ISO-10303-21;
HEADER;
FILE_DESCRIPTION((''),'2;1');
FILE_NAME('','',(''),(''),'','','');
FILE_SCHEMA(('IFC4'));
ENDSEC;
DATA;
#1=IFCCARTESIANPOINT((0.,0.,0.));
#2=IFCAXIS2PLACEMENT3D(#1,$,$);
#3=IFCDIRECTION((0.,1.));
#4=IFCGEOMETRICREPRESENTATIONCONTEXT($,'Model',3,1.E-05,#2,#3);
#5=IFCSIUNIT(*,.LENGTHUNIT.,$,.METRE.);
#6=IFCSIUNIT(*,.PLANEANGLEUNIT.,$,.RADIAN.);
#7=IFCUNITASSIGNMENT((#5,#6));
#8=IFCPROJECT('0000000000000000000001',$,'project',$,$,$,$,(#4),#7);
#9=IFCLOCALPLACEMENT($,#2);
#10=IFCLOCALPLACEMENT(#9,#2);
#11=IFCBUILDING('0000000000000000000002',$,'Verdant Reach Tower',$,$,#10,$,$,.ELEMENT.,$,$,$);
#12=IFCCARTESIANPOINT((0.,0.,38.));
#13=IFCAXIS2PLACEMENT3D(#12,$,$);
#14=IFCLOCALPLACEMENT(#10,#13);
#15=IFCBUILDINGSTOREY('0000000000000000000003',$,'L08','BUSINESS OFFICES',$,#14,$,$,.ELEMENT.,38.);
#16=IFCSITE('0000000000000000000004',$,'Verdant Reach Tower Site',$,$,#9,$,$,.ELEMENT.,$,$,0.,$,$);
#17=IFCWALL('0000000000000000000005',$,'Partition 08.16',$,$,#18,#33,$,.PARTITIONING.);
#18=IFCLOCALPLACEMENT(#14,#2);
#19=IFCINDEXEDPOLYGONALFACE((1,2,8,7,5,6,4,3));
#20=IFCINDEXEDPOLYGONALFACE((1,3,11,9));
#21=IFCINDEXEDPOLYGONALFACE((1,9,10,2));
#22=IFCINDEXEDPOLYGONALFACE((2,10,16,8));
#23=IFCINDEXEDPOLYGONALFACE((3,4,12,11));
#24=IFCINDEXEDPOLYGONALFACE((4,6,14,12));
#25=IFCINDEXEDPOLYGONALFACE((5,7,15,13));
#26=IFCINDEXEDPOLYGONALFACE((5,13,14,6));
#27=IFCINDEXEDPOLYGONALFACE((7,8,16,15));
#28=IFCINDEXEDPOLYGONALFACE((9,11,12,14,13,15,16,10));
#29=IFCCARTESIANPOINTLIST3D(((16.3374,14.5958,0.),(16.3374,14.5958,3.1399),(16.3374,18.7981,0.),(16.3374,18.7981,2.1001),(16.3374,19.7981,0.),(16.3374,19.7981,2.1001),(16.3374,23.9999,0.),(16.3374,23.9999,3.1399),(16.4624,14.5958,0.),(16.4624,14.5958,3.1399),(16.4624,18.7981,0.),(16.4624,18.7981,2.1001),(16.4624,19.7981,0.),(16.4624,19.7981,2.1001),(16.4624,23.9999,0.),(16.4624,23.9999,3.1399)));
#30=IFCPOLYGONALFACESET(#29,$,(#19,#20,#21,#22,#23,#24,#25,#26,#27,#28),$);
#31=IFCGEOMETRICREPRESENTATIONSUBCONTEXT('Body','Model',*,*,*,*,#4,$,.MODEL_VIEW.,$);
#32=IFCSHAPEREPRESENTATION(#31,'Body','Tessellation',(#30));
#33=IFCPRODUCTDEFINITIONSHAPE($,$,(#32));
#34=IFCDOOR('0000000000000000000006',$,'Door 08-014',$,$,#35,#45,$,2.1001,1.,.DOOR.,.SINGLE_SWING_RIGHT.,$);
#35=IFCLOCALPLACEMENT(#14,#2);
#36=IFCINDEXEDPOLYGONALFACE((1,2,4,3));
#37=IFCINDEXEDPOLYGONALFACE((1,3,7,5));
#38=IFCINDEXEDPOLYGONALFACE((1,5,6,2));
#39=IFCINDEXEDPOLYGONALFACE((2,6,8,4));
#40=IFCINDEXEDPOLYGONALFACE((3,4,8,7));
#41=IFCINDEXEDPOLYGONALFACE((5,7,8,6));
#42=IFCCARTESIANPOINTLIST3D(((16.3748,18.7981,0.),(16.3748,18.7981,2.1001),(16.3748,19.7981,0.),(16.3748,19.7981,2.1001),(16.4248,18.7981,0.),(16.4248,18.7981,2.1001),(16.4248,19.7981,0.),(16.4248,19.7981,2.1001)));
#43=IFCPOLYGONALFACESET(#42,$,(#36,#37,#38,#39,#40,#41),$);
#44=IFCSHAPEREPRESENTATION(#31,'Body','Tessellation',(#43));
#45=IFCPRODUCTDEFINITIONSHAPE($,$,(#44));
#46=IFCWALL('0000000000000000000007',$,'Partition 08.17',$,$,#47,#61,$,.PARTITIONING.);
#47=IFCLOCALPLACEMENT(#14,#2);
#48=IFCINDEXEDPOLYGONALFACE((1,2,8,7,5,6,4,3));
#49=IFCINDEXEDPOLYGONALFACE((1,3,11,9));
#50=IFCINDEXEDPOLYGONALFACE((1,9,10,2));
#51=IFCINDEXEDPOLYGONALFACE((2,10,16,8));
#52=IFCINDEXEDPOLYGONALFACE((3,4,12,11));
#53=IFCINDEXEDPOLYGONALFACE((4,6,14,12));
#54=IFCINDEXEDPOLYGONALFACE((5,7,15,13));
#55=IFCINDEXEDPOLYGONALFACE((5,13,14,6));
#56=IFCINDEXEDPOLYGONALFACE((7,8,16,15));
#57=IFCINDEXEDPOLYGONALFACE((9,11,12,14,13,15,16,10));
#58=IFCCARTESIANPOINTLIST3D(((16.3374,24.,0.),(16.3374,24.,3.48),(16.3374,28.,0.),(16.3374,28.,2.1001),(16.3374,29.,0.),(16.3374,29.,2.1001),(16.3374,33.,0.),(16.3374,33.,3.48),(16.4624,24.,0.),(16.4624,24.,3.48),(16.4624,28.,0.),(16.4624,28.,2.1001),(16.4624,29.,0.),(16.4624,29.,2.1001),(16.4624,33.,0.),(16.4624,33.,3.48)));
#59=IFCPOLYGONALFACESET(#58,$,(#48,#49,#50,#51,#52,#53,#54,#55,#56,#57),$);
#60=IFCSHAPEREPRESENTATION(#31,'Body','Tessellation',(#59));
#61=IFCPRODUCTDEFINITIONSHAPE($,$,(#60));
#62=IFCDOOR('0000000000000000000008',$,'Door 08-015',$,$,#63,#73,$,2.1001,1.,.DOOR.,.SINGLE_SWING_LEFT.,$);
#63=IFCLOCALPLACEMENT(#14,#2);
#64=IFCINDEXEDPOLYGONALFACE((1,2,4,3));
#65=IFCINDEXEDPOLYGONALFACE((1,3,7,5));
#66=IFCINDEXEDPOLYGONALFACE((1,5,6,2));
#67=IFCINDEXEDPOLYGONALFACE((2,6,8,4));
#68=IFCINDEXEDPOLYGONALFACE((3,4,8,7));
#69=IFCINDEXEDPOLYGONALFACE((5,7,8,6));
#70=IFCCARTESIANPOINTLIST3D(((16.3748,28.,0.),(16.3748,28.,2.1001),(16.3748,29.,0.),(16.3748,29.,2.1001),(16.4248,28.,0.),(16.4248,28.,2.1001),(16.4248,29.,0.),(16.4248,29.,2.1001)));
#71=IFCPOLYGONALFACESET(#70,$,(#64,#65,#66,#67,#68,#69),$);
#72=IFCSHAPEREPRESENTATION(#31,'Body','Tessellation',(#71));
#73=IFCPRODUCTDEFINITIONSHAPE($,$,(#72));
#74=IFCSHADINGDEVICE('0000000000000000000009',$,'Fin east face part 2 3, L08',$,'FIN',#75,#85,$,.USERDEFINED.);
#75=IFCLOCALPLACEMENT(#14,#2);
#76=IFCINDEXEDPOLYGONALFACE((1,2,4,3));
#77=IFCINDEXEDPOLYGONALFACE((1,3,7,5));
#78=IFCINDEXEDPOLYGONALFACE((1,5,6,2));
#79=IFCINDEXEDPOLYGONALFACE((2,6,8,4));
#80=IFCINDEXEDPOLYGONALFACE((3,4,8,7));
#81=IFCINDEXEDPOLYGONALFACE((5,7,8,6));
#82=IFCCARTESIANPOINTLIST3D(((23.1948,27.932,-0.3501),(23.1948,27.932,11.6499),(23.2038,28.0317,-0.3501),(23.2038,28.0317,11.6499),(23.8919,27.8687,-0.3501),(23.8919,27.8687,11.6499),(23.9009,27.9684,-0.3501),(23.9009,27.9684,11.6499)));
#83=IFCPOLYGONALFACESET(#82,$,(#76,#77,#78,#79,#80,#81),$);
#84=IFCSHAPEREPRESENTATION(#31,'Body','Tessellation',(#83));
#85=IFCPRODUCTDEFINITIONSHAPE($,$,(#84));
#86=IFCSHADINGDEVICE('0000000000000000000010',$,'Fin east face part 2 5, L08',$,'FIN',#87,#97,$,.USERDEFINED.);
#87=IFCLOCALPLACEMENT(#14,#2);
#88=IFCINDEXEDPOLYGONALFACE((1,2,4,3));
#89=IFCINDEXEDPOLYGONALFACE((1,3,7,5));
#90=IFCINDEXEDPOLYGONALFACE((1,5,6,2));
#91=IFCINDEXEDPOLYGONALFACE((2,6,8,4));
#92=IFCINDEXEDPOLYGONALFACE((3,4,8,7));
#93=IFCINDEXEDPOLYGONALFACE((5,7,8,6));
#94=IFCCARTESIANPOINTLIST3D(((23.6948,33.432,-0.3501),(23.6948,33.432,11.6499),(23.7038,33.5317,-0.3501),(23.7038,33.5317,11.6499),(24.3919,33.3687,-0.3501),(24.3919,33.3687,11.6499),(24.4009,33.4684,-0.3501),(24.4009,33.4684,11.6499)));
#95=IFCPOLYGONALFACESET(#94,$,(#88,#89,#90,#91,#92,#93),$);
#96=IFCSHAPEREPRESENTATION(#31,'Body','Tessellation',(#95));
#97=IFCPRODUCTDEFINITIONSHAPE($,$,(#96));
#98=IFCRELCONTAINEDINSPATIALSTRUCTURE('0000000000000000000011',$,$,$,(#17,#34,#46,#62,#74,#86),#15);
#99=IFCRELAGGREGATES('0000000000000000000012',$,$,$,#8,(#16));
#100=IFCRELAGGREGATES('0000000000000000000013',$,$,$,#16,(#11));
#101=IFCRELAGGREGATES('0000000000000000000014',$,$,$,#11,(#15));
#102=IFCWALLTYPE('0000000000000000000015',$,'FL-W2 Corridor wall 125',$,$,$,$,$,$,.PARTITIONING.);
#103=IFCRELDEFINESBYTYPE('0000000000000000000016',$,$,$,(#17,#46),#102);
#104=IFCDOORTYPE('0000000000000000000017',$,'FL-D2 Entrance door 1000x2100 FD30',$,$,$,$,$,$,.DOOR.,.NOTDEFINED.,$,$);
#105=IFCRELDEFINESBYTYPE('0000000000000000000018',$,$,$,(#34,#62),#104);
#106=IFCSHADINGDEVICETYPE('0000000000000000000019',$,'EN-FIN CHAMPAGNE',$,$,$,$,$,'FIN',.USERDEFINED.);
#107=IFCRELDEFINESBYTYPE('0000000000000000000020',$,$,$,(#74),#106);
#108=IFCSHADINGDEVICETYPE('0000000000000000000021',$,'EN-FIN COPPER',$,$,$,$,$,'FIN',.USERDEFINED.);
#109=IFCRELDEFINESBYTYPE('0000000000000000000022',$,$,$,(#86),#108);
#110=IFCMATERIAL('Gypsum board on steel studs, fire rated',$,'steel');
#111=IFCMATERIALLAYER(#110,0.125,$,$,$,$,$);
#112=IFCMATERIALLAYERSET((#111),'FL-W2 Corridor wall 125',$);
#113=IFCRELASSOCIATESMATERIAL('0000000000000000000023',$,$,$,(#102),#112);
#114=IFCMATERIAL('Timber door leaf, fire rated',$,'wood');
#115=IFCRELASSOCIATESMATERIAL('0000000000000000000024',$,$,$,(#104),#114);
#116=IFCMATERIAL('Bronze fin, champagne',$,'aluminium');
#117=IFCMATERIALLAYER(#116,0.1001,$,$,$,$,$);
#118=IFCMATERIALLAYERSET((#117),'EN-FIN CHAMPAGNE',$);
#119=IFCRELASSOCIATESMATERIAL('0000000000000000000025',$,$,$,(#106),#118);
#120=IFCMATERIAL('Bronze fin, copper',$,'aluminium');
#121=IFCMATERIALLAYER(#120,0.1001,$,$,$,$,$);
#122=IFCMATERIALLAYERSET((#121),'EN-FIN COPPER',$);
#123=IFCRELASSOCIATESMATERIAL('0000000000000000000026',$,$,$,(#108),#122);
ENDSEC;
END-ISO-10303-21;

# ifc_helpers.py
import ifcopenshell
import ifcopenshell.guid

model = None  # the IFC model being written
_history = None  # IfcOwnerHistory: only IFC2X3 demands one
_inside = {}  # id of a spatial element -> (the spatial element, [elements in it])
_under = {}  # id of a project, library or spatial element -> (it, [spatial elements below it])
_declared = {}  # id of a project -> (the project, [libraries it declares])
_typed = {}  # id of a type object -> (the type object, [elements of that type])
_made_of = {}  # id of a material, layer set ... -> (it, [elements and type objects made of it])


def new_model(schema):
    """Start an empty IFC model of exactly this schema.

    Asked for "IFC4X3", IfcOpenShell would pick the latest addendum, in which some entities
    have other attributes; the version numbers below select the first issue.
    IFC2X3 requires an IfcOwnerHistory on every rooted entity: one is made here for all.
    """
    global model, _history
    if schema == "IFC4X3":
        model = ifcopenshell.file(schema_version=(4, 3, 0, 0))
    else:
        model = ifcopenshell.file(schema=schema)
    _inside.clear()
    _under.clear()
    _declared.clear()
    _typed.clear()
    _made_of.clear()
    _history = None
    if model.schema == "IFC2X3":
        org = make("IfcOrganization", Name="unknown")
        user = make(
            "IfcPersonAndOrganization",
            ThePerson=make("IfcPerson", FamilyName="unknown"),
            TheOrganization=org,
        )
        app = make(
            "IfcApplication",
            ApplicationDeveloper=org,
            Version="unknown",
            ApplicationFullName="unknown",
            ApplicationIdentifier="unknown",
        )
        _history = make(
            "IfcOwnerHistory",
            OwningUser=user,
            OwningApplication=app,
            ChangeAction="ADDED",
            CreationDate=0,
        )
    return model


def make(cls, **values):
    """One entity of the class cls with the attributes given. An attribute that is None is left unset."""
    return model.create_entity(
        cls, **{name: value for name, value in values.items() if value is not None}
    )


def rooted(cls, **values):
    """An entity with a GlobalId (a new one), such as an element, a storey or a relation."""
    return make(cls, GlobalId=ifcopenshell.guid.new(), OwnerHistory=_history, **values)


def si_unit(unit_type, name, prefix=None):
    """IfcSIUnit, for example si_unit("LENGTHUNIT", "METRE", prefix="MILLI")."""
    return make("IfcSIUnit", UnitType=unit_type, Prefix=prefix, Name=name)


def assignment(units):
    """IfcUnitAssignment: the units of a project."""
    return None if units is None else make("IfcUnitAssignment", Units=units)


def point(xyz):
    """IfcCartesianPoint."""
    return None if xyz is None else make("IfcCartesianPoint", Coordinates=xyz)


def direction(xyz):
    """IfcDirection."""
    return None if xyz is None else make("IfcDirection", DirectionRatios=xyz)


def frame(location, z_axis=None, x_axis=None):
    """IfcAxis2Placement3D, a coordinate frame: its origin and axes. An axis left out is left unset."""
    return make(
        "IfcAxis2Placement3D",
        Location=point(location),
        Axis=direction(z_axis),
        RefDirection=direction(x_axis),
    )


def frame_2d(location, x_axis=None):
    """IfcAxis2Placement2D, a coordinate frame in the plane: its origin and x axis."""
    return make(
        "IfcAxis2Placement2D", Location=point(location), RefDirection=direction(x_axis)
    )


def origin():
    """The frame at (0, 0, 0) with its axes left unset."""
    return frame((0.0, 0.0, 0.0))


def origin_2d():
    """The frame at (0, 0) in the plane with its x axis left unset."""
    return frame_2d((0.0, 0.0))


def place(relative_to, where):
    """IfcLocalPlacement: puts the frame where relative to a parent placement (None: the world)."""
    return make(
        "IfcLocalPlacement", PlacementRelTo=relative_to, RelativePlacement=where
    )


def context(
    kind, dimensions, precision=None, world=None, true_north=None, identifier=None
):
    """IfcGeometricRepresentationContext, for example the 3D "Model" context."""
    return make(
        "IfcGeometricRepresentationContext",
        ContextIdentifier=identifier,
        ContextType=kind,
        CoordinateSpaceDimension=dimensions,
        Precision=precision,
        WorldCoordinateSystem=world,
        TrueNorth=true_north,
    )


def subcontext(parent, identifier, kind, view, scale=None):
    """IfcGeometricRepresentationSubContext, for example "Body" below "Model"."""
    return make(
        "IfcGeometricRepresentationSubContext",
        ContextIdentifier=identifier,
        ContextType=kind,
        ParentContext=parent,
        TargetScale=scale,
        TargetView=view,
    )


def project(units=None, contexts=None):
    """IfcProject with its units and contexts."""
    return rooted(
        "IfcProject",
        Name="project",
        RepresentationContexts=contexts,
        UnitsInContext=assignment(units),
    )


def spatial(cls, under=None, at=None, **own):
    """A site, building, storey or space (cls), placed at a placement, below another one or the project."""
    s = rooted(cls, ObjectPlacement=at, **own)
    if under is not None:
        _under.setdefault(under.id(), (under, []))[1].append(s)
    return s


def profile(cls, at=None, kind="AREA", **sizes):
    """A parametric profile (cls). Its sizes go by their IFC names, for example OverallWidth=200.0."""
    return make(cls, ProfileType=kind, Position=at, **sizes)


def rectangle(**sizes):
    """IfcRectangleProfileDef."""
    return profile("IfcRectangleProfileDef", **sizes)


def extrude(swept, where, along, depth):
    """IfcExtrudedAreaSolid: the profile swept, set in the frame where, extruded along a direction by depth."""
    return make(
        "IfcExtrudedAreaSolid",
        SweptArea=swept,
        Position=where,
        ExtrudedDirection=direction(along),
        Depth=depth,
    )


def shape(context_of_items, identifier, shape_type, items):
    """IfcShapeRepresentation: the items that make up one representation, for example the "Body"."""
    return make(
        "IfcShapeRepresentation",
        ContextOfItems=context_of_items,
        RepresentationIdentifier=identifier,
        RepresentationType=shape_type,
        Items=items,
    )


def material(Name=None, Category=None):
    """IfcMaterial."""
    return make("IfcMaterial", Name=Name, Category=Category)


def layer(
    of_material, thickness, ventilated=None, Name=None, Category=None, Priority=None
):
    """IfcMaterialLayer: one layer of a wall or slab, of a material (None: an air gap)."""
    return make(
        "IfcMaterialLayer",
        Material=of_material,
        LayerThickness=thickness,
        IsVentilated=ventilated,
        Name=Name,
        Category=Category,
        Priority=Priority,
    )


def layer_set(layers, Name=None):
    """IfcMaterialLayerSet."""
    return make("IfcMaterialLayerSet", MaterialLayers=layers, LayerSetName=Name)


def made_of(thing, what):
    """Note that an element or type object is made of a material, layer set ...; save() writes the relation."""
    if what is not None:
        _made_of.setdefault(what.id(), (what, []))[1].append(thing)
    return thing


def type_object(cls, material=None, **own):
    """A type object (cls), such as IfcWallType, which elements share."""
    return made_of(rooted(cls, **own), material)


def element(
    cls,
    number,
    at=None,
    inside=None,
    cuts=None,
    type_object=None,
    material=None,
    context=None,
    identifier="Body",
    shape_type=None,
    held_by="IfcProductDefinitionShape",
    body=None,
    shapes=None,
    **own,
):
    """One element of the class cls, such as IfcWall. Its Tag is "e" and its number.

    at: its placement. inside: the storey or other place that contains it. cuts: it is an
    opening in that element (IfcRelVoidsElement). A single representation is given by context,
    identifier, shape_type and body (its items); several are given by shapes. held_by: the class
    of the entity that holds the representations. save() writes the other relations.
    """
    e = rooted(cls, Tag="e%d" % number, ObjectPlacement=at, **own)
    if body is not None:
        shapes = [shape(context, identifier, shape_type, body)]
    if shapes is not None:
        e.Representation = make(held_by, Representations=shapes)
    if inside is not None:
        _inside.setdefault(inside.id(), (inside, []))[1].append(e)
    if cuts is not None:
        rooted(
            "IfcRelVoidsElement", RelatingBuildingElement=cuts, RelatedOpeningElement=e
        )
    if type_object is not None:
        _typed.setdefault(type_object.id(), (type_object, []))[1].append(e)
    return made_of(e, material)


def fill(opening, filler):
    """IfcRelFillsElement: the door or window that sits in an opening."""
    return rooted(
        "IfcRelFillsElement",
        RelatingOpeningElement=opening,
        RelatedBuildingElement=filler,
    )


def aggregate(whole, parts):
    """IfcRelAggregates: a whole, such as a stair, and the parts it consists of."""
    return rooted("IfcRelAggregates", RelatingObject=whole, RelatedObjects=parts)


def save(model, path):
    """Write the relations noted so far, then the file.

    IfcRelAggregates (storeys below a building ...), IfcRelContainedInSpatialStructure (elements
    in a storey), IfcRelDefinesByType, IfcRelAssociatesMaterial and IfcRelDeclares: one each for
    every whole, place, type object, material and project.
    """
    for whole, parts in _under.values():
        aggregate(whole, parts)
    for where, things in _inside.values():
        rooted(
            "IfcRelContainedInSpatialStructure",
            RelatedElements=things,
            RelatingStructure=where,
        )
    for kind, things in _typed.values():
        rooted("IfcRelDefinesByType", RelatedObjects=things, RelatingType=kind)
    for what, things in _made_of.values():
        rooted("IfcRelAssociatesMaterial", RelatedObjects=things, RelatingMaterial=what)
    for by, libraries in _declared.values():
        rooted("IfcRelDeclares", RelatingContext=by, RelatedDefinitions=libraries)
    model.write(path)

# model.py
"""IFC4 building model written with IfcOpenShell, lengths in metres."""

from ifc_helpers import new_model, si_unit, direction, frame, frame_2d, origin, origin_2d, place, context, subcontext, project, spatial, rectangle, extrude, material, layer, layer_set, type_object, element, fill, save


model = new_model("IFC4")

# Units and contexts
model_context = context("Model", 3, precision=1e-05, world=origin(), true_north=direction((0.0, 1.0)))
body_context = subcontext(model_context, "Body", "Model", "MODEL_VIEW")
ifc_project = project(units=[si_unit("LENGTHUNIT", "METRE"), si_unit("PLANEANGLEUNIT", "RADIAN")], contexts=[model_context])

# Site, building, storey
site_placement = place(None, origin())
site = spatial("IfcSite", under=ifc_project, at=site_placement, Name="Verdant Reach Tower Site", CompositionType="ELEMENT", RefElevation=0.0)
building_placement = place(site_placement, origin())
building = spatial("IfcBuilding", under=site, at=building_placement, Name="Verdant Reach Tower", CompositionType="ELEMENT")
storey_placement = place(building_placement, frame((0.0, 0.0, 38.0)))
storey = spatial("IfcBuildingStorey", under=building, at=storey_placement, Name="L08", Description="BUSINESS OFFICES", CompositionType="ELEMENT", Elevation=38.0)

# Walls, openings, doors
ifc_material_1 = material(Name="Gypsum board on steel studs, fire rated", Category="steel")
ifc_layer_1 = layer(ifc_material_1, 0.125)
ifc_layer_set_1 = layer_set([ifc_layer_1], Name="FL-W2 Corridor wall 125")
wall_type_1 = type_object("IfcWallType", Name="FL-W2 Corridor wall 125", PredefinedType="PARTITIONING", material=ifc_layer_set_1)
wall_1_placement = place(storey_placement, frame((16.3999, 24.0, 0.0), z_axis=(0.0, 0.0, 1.0), x_axis=(0.0, -1.0, 0.0)))
wall_1 = element("IfcWall", 1, at=wall_1_placement, inside=storey, type_object=wall_type_1, Name="Partition 08.16", PredefinedType="PARTITIONING", context=body_context, shape_type="SweptSolid", body=[
    extrude(rectangle(XDim=9.4041, YDim=0.125, at=frame_2d((4.7021, 0.0))), origin(), (0.0, 0.0, 1.0), 3.1399),
])
opening_1_placement = place(wall_1_placement, frame((4.2019, 0.0, 0.0)))
opening_1 = element("IfcOpeningElement", 2, at=opening_1_placement, cuts=wall_1, PredefinedType="OPENING", context=body_context, shape_type="SweptSolid", body=[
    extrude(rectangle(XDim=1.0, YDim=2.1001, at=frame_2d((0.5, 1.05))), frame((0.0, 0.0725, 0.0), z_axis=(0.0, -1.0, 0.0), x_axis=(1.0, 0.0, 0.0)), (0.0, 0.0, 1.0), 0.145),
])
ifc_material_2 = material(Name="Timber door leaf, fire rated", Category="wood")
door_type = type_object("IfcDoorType", Name="FL-D2 Entrance door 1000x2100 FD30", OperationType="NOTDEFINED", PredefinedType="DOOR", material=ifc_material_2)
door_1_placement = place(opening_1_placement, origin())
door_1 = element("IfcDoor", 3, at=door_1_placement, inside=storey, type_object=door_type, Name="Door 08-014", OperationType="SINGLE_SWING_RIGHT", OverallHeight=2.1001, OverallWidth=1.0, PredefinedType="DOOR", context=body_context, shape_type="SweptSolid", body=[
    extrude(rectangle(XDim=1.0, YDim=2.1001, at=frame_2d((0.5, 1.05))), frame((0.0, 0.0249, 0.0), z_axis=(0.0, -1.0, 0.0), x_axis=(1.0, 0.0, 0.0)), (0.0, 0.0, 1.0), 0.05),
])
fill(opening_1, door_1)
wall_2_placement = place(storey_placement, frame((16.3999, 33.0, 0.0), z_axis=(0.0, 0.0, 1.0), x_axis=(0.0, -1.0, 0.0)))
wall_2 = element("IfcWall", 4, at=wall_2_placement, inside=storey, type_object=wall_type_1, Name="Partition 08.17", PredefinedType="PARTITIONING", context=body_context, shape_type="SweptSolid", body=[
    extrude(rectangle(XDim=9.0, YDim=0.125, at=frame_2d((4.5, 0.0))), origin(), (0.0, 0.0, 1.0), 3.48),
])
opening_2_placement = place(wall_2_placement, frame((4.0, 0.0, 0.0)))
opening_2 = element("IfcOpeningElement", 5, at=opening_2_placement, cuts=wall_2, PredefinedType="OPENING", context=body_context, shape_type="SweptSolid", body=[
    extrude(rectangle(XDim=1.0, YDim=2.1001, at=frame_2d((0.5, 1.05))), frame((0.0, 0.0725, 0.0), z_axis=(0.0, -1.0, 0.0), x_axis=(1.0, 0.0, 0.0)), (0.0, 0.0, 1.0), 0.145),
])
door_2_placement = place(opening_2_placement, origin())
door_2 = element("IfcDoor", 6, at=door_2_placement, inside=storey, type_object=door_type, Name="Door 08-015", OperationType="SINGLE_SWING_LEFT", OverallHeight=2.1001, OverallWidth=1.0, PredefinedType="DOOR", context=body_context, shape_type="SweptSolid", body=[
    extrude(rectangle(XDim=1.0, YDim=2.1001, at=frame_2d((0.5, 1.05))), frame((0.0, 0.0249, 0.0), z_axis=(0.0, -1.0, 0.0), x_axis=(1.0, 0.0, 0.0)), (0.0, 0.0, 1.0), 0.05),
])
fill(opening_2, door_2)

# Shading devices
ifc_material_3 = material(Name="Bronze fin, champagne", Category="aluminium")
ifc_layer_2 = layer(ifc_material_3, 0.1001)
ifc_layer_set_2 = layer_set([ifc_layer_2], Name="EN-FIN CHAMPAGNE")
shading_device_type_1 = type_object("IfcShadingDeviceType", Name="EN-FIN CHAMPAGNE", ElementType="FIN", PredefinedType="USERDEFINED", material=ifc_layer_set_2)
shading_device_1_placement = place(storey_placement, frame((23.5479, 27.9502, -0.3501), z_axis=(0.0, 0.0, 1.0), x_axis=(0.090536, 0.995893, 0.0)))
element("IfcShadingDevice", 7, at=shading_device_1_placement, inside=storey, type_object=shading_device_type_1, Name="Fin east face part 2 3, L08", ObjectType="FIN", PredefinedType="USERDEFINED", context=body_context, shape_type="SweptSolid", body=[
    extrude(rectangle(XDim=0.1001, YDim=0.7, at=origin_2d()), origin(), (0.0, 0.0, 1.0), 12.0),
])
ifc_material_4 = material(Name="Bronze fin, copper", Category="aluminium")
ifc_layer_3 = layer(ifc_material_4, 0.1001)
ifc_layer_set_3 = layer_set([ifc_layer_3], Name="EN-FIN COPPER")
shading_device_type_2 = type_object("IfcShadingDeviceType", Name="EN-FIN COPPER", ElementType="FIN", PredefinedType="USERDEFINED", material=ifc_layer_set_3)
shading_device_2_placement = place(storey_placement, frame((24.0479, 33.4502, -0.3501), z_axis=(0.0, 0.0, 1.0), x_axis=(0.090536, 0.995893, 0.0)))
element("IfcShadingDevice", 8, at=shading_device_2_placement, inside=storey, type_object=shading_device_type_2, Name="Fin east face part 2 5, L08", ObjectType="FIN", PredefinedType="USERDEFINED", context=body_context, shape_type="SweptSolid", body=[
    extrude(rectangle(XDim=0.1001, YDim=0.7, at=origin_2d()), origin(), (0.0, 0.0, 1.0), 12.0),
])

save(model, "model.ifc")
